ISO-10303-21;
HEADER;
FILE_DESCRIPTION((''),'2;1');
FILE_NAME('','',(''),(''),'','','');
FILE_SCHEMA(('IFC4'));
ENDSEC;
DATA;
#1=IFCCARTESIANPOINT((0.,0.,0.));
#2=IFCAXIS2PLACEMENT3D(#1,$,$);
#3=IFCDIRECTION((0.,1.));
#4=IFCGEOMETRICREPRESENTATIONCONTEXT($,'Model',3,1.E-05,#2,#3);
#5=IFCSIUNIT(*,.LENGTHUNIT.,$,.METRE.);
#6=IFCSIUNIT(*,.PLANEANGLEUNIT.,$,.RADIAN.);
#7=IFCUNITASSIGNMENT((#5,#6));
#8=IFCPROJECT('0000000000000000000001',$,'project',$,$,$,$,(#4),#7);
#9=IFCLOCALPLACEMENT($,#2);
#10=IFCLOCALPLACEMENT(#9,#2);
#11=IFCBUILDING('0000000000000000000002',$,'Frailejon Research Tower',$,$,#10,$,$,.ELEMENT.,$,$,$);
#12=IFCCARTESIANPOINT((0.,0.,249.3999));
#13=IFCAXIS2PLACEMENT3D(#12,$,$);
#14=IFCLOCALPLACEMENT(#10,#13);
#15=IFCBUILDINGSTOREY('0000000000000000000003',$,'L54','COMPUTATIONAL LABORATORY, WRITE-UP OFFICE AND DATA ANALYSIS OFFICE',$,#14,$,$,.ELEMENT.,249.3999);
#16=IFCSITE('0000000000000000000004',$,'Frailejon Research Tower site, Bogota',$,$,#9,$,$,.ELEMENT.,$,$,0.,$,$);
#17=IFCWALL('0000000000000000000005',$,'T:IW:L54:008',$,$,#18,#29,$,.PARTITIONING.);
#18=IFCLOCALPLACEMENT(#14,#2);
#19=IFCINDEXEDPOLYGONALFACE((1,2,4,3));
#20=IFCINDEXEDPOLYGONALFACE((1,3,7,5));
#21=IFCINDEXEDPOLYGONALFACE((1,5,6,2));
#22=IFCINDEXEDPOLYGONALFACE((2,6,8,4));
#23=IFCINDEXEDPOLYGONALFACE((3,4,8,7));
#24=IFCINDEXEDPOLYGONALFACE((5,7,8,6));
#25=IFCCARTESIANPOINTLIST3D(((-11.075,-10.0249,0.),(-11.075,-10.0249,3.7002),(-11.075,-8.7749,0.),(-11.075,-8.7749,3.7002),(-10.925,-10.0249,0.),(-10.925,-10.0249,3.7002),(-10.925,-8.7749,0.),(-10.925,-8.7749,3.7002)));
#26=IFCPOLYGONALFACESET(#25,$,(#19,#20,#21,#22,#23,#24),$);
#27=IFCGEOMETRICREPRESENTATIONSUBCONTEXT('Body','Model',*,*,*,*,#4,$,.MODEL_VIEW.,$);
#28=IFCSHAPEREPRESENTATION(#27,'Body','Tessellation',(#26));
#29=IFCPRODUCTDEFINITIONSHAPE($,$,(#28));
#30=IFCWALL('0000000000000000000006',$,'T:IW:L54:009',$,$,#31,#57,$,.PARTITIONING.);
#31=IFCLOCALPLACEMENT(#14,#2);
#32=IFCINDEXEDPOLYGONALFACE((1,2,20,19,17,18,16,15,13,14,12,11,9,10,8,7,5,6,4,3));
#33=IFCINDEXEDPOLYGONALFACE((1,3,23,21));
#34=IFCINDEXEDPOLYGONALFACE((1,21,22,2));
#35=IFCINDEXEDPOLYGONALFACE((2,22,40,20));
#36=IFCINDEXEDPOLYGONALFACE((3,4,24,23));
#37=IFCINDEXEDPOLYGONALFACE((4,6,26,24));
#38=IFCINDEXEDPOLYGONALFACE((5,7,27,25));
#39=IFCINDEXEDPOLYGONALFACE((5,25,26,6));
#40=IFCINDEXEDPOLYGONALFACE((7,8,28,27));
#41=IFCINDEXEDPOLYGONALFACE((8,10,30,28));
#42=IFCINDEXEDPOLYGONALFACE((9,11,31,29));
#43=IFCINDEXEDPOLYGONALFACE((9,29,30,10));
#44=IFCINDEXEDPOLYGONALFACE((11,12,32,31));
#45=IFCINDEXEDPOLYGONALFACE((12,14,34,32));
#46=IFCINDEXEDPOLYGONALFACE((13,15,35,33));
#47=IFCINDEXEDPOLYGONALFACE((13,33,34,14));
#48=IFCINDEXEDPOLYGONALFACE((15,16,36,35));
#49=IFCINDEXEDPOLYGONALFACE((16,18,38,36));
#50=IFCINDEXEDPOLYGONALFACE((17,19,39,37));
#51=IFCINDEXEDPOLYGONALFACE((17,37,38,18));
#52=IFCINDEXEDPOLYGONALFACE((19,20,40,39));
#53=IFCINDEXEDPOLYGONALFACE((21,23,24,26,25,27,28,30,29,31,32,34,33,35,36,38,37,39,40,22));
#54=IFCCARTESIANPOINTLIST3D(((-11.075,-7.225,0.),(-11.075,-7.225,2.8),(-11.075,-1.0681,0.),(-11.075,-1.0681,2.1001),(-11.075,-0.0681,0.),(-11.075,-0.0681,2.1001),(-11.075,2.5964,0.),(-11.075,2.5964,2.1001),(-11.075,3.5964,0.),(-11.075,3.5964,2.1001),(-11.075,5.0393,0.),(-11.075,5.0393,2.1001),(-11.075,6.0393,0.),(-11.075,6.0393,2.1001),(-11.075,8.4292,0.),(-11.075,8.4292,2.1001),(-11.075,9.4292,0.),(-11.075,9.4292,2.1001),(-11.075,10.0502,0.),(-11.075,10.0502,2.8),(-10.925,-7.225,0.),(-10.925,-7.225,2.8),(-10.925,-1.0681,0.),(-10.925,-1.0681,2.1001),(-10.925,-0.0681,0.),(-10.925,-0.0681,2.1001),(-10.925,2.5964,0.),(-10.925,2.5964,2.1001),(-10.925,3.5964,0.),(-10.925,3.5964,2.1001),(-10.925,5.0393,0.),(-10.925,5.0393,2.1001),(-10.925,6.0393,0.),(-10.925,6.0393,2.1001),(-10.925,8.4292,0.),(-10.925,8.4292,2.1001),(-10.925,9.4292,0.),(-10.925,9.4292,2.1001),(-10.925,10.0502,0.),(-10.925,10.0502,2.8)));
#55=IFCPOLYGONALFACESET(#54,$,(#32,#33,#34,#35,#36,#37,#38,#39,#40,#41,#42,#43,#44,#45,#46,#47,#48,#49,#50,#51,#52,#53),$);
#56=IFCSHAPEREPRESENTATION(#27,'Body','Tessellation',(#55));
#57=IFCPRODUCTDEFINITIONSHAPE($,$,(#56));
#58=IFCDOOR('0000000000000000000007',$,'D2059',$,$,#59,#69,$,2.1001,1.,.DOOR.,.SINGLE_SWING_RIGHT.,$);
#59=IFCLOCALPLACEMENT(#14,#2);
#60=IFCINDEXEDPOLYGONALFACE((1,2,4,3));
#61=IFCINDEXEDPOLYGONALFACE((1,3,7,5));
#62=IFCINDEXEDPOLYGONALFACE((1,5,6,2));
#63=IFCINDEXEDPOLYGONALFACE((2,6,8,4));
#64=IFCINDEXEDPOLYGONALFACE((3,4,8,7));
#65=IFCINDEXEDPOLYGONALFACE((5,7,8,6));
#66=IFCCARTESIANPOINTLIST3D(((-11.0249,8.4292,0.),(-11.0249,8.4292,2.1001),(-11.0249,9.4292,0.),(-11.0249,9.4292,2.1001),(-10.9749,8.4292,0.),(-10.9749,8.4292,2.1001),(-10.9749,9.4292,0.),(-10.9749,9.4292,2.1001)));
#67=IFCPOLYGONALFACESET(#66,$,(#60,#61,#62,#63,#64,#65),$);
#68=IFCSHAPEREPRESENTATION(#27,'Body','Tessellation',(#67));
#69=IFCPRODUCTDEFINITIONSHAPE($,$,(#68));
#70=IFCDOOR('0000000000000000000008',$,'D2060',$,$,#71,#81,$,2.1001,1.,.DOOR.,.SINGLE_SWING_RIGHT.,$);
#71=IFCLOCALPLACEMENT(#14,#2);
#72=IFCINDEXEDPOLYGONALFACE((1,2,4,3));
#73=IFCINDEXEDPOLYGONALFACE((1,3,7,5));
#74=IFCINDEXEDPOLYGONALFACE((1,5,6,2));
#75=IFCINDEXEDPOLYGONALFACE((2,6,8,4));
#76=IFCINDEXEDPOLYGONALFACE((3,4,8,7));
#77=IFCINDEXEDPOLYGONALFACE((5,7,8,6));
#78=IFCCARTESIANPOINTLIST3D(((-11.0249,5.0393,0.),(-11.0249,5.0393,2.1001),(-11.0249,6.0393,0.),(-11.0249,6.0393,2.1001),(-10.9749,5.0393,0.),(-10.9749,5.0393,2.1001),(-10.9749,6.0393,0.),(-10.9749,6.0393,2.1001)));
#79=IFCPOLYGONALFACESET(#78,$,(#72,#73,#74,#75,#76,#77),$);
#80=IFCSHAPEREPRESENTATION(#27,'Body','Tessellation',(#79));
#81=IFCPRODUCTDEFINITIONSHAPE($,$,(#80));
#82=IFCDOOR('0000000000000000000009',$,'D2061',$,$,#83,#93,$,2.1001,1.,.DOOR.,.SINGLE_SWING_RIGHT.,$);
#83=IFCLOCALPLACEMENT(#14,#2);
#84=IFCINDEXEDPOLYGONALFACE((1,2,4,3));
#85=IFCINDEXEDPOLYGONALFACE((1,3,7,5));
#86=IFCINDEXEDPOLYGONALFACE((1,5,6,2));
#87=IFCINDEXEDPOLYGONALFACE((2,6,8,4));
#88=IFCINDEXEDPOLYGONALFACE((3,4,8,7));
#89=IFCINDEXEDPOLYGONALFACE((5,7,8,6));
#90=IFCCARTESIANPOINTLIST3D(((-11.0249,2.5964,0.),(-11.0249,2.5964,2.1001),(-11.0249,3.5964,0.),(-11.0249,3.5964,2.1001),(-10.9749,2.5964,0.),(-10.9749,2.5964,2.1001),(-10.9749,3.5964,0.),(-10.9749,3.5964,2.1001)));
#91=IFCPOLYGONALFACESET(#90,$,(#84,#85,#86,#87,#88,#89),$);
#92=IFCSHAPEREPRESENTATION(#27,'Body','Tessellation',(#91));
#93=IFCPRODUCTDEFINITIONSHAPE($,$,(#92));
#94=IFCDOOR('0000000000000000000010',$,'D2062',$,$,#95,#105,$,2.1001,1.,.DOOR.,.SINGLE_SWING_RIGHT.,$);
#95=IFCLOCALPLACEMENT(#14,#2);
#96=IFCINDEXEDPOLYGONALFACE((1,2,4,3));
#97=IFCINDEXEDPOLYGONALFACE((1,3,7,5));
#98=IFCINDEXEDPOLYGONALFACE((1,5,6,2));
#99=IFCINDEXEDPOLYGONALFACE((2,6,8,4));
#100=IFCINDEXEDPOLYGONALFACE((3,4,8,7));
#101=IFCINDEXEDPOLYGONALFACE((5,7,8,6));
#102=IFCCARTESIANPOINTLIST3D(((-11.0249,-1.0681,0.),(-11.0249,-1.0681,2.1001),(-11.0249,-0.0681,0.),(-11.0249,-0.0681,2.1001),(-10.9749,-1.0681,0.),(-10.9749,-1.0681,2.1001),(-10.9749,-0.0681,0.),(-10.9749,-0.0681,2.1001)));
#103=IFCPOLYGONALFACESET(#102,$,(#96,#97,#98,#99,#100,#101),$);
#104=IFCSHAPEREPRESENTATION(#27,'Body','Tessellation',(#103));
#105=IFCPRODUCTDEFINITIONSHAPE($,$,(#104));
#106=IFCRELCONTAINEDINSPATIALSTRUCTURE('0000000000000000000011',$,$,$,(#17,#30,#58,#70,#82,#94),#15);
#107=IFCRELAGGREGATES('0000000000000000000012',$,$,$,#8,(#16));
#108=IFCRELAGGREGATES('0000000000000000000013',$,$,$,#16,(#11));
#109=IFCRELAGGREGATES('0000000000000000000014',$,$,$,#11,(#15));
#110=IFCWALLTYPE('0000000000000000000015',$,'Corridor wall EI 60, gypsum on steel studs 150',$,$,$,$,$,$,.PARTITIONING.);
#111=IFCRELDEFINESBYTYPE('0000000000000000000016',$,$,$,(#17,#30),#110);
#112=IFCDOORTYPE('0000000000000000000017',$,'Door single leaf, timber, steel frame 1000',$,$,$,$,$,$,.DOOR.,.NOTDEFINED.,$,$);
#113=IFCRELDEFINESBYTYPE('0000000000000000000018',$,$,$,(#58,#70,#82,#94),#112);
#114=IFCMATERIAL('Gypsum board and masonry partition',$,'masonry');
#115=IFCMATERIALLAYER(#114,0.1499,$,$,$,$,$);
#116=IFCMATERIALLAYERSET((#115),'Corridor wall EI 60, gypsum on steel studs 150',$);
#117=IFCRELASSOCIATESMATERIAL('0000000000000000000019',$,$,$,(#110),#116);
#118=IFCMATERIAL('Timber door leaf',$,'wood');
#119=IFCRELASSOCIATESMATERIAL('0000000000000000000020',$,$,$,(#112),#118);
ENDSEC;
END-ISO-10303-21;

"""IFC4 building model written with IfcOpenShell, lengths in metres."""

from ifc_helpers import new_model, si_unit, direction, frame, frame_2d, origin, place, context, subcontext, project, spatial, rectangle, extrude, material, layer, layer_set, type_object, element, fill, save


model = new_model("IFC4")

# Units and contexts
model_context = context("Model", 3, precision=1e-05, world=origin(), true_north=direction((0.0, 1.0)))
body_context = subcontext(model_context, "Body", "Model", "MODEL_VIEW")
ifc_project = project(units=[si_unit("LENGTHUNIT", "METRE"), si_unit("PLANEANGLEUNIT", "RADIAN")], contexts=[model_context])

# Site, building, storey
site_placement = place(None, origin())
site = spatial("IfcSite", under=ifc_project, at=site_placement, Name="Frailejon Research Tower site, Bogota", CompositionType="ELEMENT", RefElevation=0.0)
building_placement = place(site_placement, origin())
building = spatial("IfcBuilding", under=site, at=building_placement, Name="Frailejon Research Tower", CompositionType="ELEMENT")
storey_placement = place(building_placement, frame((0.0, 0.0, 249.3999)))
storey = spatial("IfcBuildingStorey", under=building, at=storey_placement, Name="L54", Description="COMPUTATIONAL LABORATORY, WRITE-UP OFFICE AND DATA ANALYSIS OFFICE", CompositionType="ELEMENT", Elevation=249.3999)

# Shared definitions
ifc_material_1 = material(Name="Gypsum board and masonry partition", Category="masonry")
ifc_layer_1 = layer(ifc_material_1, 0.1499)
ifc_layer_set_1 = layer_set([ifc_layer_1], Name="Corridor wall EI 60, gypsum on steel studs 150")
wall_type_1 = type_object("IfcWallType", Name="Corridor wall EI 60, gypsum on steel studs 150", PredefinedType="PARTITIONING", material=ifc_layer_set_1)
ifc_material_2 = material(Name="Timber door leaf", Category="wood")
door_type_1 = type_object("IfcDoorType", Name="Door single leaf, timber, steel frame 1000", OperationType="NOTDEFINED", PredefinedType="DOOR", material=ifc_material_2)

# Wall
wall_1_placement = place(storey_placement, frame((-11.0, -10.0249, 0.0), z_axis=(0.0, 0.0, 1.0), x_axis=(0.0, 1.0, 0.0)))
element("IfcWall", 1, at=wall_1_placement, inside=storey, type_object=wall_type_1, Name="T:IW:L54:008", PredefinedType="PARTITIONING", context=body_context, shape_type="SweptSolid", body=[
    extrude(rectangle(XDim=1.25, YDim=0.1499, at=frame_2d((0.625, 0.0))), origin(), (0.0, 0.0, 1.0), 3.7002),
])

# Wall, openings, doors
wall_2_placement = place(storey_placement, frame((-11.0, -7.2251, 0.0), z_axis=(0.0, 0.0, 1.0), x_axis=(0.0, 1.0, 0.0)))
wall_2 = element("IfcWall", 2, at=wall_2_placement, inside=storey, type_object=wall_type_1, Name="T:IW:L54:009", PredefinedType="PARTITIONING", context=body_context, shape_type="SweptSolid", body=[
    extrude(rectangle(XDim=17.2751, YDim=0.1499, at=frame_2d((8.6377, 0.0))), origin(), (0.0, 0.0, 1.0), 2.8),
])
opening_1_placement = place(wall_2_placement, frame((15.6543, 0.0, 0.0)))
opening_1 = element("IfcOpeningElement", 3, at=opening_1_placement, cuts=wall_2, PredefinedType="OPENING", context=body_context, shape_type="SweptSolid", body=[
    extrude(rectangle(XDim=1.0, YDim=2.1001, at=frame_2d((0.5, 1.05))), frame((0.0, 0.085, 0.0), z_axis=(0.0, -1.0, 0.0), x_axis=(1.0, 0.0, 0.0)), (0.0, 0.0, 1.0), 0.1699),
])
opening_2_placement = place(wall_2_placement, frame((12.2644, 0.0, 0.0)))
opening_2 = element("IfcOpeningElement", 4, at=opening_2_placement, cuts=wall_2, PredefinedType="OPENING", context=body_context, shape_type="SweptSolid", body=[
    extrude(rectangle(XDim=1.0, YDim=2.1001, at=frame_2d((0.5, 1.05))), frame((0.0, 0.085, 0.0), z_axis=(0.0, -1.0, 0.0), x_axis=(1.0, 0.0, 0.0)), (0.0, 0.0, 1.0), 0.1699),
])
opening_3_placement = place(wall_2_placement, frame((9.8215, 0.0, 0.0)))
opening_3 = element("IfcOpeningElement", 5, at=opening_3_placement, cuts=wall_2, PredefinedType="OPENING", context=body_context, shape_type="SweptSolid", body=[
    extrude(rectangle(XDim=1.0, YDim=2.1001, at=frame_2d((0.5, 1.05))), frame((0.0, 0.085, 0.0), z_axis=(0.0, -1.0, 0.0), x_axis=(1.0, 0.0, 0.0)), (0.0, 0.0, 1.0), 0.1699),
])
opening_4_placement = place(wall_2_placement, frame((6.157, 0.0, 0.0)))
opening_4 = element("IfcOpeningElement", 6, at=opening_4_placement, cuts=wall_2, PredefinedType="OPENING", context=body_context, shape_type="SweptSolid", body=[
    extrude(rectangle(XDim=1.0, YDim=2.1001, at=frame_2d((0.5, 1.05))), frame((0.0, 0.085, 0.0), z_axis=(0.0, -1.0, 0.0), x_axis=(1.0, 0.0, 0.0)), (0.0, 0.0, 1.0), 0.1699),
])
door_1_placement = place(opening_1_placement, origin())
door_1 = element("IfcDoor", 7, at=door_1_placement, inside=storey, type_object=door_type_1, Name="D2059", OperationType="SINGLE_SWING_RIGHT", OverallHeight=2.1001, OverallWidth=1.0, PredefinedType="DOOR", context=body_context, shape_type="SweptSolid", body=[
    extrude(rectangle(XDim=1.0, YDim=2.1001, at=frame_2d((0.5, 1.05))), frame((0.0, 0.0249, 0.0), z_axis=(0.0, -1.0, 0.0), x_axis=(1.0, 0.0, 0.0)), (0.0, 0.0, 1.0), 0.05),
])
fill(opening_1, door_1)
door_2_placement = place(opening_2_placement, origin())
door_2 = element("IfcDoor", 8, at=door_2_placement, inside=storey, type_object=door_type_1, Name="D2060", OperationType="SINGLE_SWING_RIGHT", OverallHeight=2.1001, OverallWidth=1.0, PredefinedType="DOOR", context=body_context, shape_type="SweptSolid", body=[
    extrude(rectangle(XDim=1.0, YDim=2.1001, at=frame_2d((0.5, 1.05))), frame((0.0, 0.0249, 0.0), z_axis=(0.0, -1.0, 0.0), x_axis=(1.0, 0.0, 0.0)), (0.0, 0.0, 1.0), 0.05),
])
fill(opening_2, door_2)
door_3_placement = place(opening_3_placement, origin())
door_3 = element("IfcDoor", 9, at=door_3_placement, inside=storey, type_object=door_type_1, Name="D2061", OperationType="SINGLE_SWING_RIGHT", OverallHeight=2.1001, OverallWidth=1.0, PredefinedType="DOOR", context=body_context, shape_type="SweptSolid", body=[
    extrude(rectangle(XDim=1.0, YDim=2.1001, at=frame_2d((0.5, 1.05))), frame((0.0, 0.0249, 0.0), z_axis=(0.0, -1.0, 0.0), x_axis=(1.0, 0.0, 0.0)), (0.0, 0.0, 1.0), 0.05),
])
fill(opening_3, door_3)
door_4_placement = place(opening_4_placement, origin())
door_4 = element("IfcDoor", 10, at=door_4_placement, inside=storey, type_object=door_type_1, Name="D2062", OperationType="SINGLE_SWING_RIGHT", OverallHeight=2.1001, OverallWidth=1.0, PredefinedType="DOOR", context=body_context, shape_type="SweptSolid", body=[
    extrude(rectangle(XDim=1.0, YDim=2.1001, at=frame_2d((0.5, 1.05))), frame((0.0, 0.0249, 0.0), z_axis=(0.0, -1.0, 0.0), x_axis=(1.0, 0.0, 0.0)), (0.0, 0.0, 1.0), 0.05),
])
fill(opening_4, door_4)

save(model, "model.ifc")
